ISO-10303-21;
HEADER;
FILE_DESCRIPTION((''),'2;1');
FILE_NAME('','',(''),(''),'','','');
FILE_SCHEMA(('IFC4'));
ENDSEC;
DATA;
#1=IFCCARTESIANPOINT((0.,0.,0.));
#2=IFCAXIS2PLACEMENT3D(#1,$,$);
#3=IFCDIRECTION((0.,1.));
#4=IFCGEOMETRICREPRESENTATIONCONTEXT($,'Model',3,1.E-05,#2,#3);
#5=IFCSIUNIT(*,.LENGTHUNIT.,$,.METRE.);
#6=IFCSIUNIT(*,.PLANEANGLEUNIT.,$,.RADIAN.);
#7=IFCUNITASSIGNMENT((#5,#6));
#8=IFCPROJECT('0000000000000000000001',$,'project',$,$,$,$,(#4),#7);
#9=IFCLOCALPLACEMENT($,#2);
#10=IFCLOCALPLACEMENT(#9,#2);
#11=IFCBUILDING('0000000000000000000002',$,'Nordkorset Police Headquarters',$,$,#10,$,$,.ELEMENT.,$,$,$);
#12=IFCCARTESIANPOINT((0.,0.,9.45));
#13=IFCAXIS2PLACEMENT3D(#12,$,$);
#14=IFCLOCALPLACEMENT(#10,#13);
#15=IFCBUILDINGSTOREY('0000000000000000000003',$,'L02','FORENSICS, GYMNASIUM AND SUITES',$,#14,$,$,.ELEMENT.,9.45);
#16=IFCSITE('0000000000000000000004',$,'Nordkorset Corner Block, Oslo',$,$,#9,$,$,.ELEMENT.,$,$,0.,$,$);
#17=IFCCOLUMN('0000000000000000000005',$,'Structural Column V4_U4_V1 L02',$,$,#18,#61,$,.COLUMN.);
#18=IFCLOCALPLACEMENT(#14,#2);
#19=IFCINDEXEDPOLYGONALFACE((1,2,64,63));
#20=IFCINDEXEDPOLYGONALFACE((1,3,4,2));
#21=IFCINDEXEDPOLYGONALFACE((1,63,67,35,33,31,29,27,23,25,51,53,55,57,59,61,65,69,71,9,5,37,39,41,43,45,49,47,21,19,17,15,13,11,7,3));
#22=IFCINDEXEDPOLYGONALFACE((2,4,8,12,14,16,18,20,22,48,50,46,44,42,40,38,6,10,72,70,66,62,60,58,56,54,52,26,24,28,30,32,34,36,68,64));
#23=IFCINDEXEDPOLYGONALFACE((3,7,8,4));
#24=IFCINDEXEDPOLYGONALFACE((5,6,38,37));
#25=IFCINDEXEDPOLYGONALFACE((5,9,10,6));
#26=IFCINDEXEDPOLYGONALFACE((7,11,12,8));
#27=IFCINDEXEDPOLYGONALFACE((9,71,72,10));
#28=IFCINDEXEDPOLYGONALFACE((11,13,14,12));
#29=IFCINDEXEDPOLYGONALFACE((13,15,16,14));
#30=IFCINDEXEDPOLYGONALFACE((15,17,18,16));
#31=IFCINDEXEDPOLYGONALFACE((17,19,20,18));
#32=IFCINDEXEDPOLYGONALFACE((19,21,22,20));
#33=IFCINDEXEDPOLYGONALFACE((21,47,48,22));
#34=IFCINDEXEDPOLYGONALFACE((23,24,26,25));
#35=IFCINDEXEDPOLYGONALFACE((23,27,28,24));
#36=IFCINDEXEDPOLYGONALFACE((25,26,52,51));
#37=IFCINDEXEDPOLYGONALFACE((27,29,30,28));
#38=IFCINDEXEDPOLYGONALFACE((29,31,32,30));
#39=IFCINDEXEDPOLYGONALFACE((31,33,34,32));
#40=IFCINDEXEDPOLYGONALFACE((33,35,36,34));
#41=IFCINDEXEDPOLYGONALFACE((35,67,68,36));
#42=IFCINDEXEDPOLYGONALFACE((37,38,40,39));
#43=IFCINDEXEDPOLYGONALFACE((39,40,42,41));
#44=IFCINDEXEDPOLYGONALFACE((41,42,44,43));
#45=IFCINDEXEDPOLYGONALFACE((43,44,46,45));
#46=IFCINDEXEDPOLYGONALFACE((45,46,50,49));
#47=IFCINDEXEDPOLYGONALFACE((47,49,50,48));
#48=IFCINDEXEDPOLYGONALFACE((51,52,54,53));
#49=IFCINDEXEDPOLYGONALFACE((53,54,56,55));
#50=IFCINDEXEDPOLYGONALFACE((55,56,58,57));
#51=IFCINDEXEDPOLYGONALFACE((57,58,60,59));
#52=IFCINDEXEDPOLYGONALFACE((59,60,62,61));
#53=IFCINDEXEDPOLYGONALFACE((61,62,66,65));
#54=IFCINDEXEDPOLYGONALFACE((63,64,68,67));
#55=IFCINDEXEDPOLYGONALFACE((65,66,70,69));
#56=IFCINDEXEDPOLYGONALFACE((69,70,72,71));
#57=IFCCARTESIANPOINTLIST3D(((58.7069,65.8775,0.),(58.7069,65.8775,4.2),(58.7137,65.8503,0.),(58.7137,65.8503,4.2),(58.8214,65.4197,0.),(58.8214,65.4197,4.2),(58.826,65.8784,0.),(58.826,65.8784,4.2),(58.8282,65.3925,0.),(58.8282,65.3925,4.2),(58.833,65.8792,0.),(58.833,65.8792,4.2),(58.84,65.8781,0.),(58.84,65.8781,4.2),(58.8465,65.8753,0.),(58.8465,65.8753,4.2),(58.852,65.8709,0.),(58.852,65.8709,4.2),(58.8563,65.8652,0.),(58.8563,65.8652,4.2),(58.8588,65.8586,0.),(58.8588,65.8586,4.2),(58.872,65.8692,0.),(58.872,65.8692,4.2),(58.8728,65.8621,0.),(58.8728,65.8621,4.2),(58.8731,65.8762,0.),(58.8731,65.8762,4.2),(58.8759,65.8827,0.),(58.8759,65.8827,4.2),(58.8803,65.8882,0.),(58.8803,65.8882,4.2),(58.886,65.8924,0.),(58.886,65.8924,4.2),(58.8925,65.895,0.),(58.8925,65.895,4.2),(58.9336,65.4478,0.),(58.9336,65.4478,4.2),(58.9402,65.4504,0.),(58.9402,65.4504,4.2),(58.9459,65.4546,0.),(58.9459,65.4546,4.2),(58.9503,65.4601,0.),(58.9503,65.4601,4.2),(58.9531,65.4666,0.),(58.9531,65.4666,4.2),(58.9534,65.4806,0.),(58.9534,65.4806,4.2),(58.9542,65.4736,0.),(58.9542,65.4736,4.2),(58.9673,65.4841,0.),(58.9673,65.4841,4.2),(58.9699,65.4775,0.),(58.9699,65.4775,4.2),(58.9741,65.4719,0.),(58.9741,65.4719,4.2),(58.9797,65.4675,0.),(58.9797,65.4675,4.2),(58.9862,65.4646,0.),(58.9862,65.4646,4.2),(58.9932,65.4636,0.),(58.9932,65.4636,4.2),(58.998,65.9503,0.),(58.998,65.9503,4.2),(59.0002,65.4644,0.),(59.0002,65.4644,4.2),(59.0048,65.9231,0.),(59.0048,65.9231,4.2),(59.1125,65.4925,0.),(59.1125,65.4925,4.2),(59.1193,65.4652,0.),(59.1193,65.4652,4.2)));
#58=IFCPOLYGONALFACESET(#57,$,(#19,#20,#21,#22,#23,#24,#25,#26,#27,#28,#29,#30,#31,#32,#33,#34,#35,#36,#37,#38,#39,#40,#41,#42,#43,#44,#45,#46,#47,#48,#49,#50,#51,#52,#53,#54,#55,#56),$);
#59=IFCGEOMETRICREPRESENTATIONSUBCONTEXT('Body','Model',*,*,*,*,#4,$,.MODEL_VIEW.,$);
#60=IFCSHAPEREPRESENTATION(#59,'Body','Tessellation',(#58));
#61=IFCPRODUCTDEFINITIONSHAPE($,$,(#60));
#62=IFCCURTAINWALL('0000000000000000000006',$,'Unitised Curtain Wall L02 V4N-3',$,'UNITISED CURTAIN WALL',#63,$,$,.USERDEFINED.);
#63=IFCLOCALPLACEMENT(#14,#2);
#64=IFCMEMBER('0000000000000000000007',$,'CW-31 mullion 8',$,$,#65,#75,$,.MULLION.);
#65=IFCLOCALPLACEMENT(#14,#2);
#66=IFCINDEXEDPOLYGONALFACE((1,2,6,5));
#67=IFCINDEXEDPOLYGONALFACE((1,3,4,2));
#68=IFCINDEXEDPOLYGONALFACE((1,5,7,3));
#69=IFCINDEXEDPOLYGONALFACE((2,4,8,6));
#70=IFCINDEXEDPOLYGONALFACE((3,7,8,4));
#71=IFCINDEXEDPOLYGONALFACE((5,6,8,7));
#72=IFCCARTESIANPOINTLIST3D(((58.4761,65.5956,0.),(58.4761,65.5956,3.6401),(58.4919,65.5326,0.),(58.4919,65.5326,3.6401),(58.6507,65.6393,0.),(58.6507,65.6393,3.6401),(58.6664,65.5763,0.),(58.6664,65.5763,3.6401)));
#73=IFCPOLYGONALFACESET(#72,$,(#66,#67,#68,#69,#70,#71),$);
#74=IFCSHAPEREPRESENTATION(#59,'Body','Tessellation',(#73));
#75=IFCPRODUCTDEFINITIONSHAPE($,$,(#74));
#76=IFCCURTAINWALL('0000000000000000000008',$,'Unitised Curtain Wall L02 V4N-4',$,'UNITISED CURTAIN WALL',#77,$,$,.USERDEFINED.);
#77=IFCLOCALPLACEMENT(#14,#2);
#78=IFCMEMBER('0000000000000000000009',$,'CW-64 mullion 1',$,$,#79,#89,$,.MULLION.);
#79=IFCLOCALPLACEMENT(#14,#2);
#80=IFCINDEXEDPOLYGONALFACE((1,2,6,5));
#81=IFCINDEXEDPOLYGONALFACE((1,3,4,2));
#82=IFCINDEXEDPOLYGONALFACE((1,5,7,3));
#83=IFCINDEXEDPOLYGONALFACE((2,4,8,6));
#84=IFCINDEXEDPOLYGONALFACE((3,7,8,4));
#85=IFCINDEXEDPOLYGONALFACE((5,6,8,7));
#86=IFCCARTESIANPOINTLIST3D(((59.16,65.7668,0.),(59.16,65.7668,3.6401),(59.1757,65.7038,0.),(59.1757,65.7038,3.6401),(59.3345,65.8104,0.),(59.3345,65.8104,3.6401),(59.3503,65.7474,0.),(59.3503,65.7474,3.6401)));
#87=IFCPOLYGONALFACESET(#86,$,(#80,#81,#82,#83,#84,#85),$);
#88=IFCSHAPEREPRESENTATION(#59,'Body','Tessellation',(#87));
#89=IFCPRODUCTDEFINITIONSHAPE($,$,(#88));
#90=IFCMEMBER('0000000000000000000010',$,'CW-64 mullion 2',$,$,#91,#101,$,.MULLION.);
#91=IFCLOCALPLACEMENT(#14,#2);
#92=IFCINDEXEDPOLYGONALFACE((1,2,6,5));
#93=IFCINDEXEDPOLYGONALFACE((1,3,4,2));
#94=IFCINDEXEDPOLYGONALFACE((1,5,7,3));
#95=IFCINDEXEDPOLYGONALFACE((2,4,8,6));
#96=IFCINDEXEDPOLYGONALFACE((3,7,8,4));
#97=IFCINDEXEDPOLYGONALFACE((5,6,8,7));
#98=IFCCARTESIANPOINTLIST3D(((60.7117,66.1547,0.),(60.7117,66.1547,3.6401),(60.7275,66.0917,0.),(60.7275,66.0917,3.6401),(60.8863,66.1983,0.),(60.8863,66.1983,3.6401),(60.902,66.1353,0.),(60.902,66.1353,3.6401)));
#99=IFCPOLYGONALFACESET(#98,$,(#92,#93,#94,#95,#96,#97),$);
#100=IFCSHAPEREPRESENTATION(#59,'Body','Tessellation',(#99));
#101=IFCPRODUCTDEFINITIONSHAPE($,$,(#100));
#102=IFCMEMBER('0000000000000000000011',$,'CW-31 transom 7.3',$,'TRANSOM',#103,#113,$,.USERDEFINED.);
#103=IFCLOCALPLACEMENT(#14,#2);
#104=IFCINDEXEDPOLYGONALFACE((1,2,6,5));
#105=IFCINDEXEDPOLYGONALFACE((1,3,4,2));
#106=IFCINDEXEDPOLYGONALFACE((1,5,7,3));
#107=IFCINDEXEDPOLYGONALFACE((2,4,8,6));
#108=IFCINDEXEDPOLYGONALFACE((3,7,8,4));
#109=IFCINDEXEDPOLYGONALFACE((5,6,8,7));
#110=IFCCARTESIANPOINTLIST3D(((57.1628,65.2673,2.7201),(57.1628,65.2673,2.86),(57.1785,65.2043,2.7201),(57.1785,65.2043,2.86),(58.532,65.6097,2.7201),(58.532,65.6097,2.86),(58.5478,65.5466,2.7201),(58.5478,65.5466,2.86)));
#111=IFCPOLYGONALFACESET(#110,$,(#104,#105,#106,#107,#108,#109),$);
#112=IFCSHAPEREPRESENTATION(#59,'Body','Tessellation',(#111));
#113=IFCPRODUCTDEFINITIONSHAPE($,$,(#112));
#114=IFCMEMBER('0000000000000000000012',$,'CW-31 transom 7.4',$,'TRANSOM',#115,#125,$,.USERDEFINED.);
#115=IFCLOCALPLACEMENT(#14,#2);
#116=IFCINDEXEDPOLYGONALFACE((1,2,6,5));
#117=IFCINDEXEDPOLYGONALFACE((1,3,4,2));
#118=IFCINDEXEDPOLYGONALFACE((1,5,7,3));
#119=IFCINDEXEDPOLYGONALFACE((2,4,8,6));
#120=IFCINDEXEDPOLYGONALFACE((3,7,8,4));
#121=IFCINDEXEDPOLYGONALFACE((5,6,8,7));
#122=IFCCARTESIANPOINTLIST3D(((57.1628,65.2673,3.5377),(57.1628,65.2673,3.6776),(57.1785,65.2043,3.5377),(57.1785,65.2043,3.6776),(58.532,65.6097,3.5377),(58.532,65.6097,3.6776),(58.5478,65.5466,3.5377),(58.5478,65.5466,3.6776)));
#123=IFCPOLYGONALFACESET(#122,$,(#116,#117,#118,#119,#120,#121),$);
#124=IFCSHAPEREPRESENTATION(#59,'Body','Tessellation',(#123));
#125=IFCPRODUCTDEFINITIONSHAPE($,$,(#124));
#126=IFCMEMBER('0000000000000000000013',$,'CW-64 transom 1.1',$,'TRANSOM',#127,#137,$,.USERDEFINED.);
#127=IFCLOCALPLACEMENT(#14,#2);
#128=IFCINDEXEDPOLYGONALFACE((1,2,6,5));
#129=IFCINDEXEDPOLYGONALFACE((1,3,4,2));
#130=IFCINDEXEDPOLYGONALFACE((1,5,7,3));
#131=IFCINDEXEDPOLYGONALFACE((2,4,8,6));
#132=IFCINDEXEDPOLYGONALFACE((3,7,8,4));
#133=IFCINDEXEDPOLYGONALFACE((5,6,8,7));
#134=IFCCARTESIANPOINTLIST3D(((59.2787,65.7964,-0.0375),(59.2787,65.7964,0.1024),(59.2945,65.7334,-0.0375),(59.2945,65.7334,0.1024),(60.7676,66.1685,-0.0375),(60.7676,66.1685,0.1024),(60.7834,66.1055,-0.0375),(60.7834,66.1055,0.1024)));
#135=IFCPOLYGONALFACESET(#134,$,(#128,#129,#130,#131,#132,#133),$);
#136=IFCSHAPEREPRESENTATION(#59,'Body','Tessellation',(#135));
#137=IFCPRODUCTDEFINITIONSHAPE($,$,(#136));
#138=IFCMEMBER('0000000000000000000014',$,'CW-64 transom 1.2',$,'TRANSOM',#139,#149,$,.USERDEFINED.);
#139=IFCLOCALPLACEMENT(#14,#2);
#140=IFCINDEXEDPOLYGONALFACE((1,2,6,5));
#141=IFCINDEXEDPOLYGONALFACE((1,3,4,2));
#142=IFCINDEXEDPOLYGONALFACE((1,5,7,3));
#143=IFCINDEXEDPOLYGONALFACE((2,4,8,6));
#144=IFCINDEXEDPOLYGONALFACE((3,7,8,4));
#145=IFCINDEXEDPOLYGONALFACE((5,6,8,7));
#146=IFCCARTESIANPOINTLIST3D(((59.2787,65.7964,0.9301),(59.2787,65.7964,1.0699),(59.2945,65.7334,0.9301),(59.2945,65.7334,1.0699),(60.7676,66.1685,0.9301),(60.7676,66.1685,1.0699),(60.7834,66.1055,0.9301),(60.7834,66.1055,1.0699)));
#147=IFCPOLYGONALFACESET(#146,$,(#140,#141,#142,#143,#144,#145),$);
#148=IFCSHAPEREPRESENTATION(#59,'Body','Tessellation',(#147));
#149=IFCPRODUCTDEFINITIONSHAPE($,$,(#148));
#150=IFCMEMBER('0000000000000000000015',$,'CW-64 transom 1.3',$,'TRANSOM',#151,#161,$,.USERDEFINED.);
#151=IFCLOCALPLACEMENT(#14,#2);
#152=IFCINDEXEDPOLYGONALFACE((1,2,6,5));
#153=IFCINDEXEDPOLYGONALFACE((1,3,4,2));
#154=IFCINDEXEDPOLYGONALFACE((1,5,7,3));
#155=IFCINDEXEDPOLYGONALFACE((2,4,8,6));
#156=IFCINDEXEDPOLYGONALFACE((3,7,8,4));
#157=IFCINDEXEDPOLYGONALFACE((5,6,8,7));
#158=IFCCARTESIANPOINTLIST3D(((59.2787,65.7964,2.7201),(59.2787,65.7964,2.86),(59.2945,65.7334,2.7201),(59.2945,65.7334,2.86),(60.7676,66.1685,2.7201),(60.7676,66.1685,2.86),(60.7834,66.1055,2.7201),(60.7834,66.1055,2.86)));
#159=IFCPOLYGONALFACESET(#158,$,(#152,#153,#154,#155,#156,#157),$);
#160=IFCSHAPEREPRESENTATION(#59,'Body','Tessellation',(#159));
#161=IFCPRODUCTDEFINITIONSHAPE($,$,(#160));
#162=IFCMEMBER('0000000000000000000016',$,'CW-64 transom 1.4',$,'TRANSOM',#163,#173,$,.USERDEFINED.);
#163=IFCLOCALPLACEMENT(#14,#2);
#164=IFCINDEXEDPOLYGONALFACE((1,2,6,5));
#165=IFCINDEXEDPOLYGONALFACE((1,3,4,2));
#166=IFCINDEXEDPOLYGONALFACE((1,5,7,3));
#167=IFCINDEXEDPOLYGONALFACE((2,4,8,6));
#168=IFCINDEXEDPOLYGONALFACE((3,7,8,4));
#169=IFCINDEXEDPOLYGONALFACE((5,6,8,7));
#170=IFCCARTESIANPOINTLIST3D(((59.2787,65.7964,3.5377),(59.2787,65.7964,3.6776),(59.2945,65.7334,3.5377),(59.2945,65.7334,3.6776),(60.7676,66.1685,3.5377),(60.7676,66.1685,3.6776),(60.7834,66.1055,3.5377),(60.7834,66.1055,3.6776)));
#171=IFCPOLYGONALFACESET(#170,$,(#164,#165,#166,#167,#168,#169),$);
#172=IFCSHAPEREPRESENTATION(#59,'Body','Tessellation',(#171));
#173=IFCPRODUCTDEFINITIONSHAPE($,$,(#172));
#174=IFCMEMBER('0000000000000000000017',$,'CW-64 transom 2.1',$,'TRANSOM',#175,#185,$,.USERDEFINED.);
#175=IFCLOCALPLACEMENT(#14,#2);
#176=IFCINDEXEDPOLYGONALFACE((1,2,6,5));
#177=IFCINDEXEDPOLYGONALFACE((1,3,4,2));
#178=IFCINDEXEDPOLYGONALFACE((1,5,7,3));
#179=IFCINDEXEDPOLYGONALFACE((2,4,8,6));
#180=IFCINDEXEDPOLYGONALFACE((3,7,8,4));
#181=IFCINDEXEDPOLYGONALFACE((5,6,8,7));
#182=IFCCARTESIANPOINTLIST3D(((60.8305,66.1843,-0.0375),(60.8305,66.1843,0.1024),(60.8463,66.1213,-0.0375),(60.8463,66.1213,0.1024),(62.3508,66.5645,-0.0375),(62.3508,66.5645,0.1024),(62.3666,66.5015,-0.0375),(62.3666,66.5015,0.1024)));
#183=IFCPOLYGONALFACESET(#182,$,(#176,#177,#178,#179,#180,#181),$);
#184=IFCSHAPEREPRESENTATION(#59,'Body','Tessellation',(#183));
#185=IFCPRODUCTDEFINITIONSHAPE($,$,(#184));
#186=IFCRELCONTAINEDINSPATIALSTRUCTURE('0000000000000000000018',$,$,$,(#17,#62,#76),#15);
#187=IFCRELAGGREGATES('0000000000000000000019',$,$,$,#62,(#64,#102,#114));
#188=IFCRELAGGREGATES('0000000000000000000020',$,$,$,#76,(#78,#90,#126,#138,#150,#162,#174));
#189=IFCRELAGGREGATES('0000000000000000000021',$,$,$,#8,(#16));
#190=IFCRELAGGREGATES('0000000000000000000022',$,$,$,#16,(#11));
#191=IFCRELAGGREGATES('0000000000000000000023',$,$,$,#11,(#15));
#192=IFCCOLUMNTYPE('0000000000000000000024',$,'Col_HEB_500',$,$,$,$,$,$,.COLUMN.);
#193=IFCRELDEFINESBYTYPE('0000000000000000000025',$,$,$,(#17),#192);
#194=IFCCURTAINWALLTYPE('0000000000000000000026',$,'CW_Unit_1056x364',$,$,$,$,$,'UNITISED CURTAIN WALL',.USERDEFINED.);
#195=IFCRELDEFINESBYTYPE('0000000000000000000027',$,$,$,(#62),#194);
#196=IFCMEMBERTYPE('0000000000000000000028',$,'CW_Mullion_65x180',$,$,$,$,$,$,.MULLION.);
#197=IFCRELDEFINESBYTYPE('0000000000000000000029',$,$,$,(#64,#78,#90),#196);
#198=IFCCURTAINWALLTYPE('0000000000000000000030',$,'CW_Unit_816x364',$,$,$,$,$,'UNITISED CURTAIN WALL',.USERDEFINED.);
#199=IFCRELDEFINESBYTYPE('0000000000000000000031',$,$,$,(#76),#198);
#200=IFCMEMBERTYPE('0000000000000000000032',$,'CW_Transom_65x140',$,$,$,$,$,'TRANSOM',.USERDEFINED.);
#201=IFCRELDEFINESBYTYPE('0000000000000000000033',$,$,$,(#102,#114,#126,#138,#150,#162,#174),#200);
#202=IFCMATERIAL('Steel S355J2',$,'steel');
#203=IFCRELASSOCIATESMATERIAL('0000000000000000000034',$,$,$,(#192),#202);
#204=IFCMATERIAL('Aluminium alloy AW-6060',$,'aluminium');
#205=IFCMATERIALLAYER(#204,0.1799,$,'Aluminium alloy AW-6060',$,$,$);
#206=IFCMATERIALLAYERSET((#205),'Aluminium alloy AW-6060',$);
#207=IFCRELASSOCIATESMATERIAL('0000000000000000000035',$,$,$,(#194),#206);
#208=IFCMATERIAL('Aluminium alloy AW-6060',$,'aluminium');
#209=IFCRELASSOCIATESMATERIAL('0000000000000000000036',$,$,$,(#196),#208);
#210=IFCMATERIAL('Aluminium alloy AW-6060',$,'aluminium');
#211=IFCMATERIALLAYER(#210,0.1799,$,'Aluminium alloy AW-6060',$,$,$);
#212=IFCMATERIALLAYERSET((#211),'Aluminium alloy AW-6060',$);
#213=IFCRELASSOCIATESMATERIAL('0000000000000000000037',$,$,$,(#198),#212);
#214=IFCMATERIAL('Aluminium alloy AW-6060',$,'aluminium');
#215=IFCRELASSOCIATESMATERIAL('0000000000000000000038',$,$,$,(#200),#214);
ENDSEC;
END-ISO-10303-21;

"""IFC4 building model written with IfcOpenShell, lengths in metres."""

from ifc_helpers import new_model, si_unit, direction, frame, origin, origin_2d, place, context, subcontext, project, spatial, rectangle, i_section, extrude, material, layer, layer_set, material_profile, profile_set, type_object, element, aggregate, save


model = new_model("IFC4")

# Units and contexts
model_context = context("Model", 3, precision=1e-05, world=origin(), true_north=direction((0.0, 1.0)))
body_context = subcontext(model_context, "Body", "Model", "MODEL_VIEW")
ifc_project = project(units=[si_unit("LENGTHUNIT", "METRE"), si_unit("PLANEANGLEUNIT", "RADIAN")], contexts=[model_context])

# Site, building, storey
site_placement = place(None, origin())
site = spatial("IfcSite", under=ifc_project, at=site_placement, Name="Nordkorset Corner Block, Oslo", CompositionType="ELEMENT", RefElevation=0.0)
building_placement = place(site_placement, origin())
building = spatial("IfcBuilding", under=site, at=building_placement, Name="Nordkorset Police Headquarters", CompositionType="ELEMENT")
storey_placement = place(building_placement, frame((0.0, 0.0, 9.45)))
storey = spatial("IfcBuildingStorey", under=building, at=storey_placement, Name="L02", Description="FORENSICS, GYMNASIUM AND SUITES", CompositionType="ELEMENT", Elevation=9.45)

# Column
ifc_material_1 = material(Name="Steel S355J2", Category="steel")
ifc_material_profile_1 = material_profile(ifc_material_1, i_section(OverallWidth=0.3, OverallDepth=0.5, WebThickness=0.0144, FlangeThickness=0.0281, FilletRadius=0.0271, at=origin_2d()), Name="HEB 500")
ifc_profile_set_1 = profile_set([ifc_material_profile_1], Name="Steel S355J2")
column_type = type_object("IfcColumnType", Name="Col_HEB_500", PredefinedType="COLUMN", material=ifc_profile_set_1)
column_placement = place(storey_placement, frame((58.9131, 65.6714, 0.0), z_axis=(0.0, 0.0, 1.0), x_axis=(0.970143, 0.242536, 0.0)))
element("IfcColumn", 1, at=column_placement, inside=storey, type_object=column_type, Name="Structural Column V4_U4_V1 L02", PredefinedType="COLUMN", context=body_context, shape_type="SweptSolid", body=[
    extrude(i_section(OverallWidth=0.3, OverallDepth=0.5, WebThickness=0.0144, FlangeThickness=0.0281, FilletRadius=0.0271, at=origin_2d()), origin(), (0.0, 0.0, 1.0), 4.2),
])

# Curtain wall, member
ifc_material_2 = material(Name="Aluminium alloy AW-6060", Category="aluminium")
ifc_layer_1 = layer(ifc_material_2, 0.1799, Name="Aluminium alloy AW-6060")
ifc_layer_set_1 = layer_set([ifc_layer_1], Name="Aluminium alloy AW-6060")
curtain_wall_type_1 = type_object("IfcCurtainWallType", Name="CW_Unit_1056x364", ElementType="UNITISED CURTAIN WALL", PredefinedType="USERDEFINED", material=ifc_layer_set_1)
curtain_wall_1_placement = place(storey_placement, origin())
curtain_wall_1 = element("IfcCurtainWall", 2, at=curtain_wall_1_placement, inside=storey, type_object=curtain_wall_type_1, Name="Unitised Curtain Wall L02 V4N-3", ObjectType="UNITISED CURTAIN WALL", PredefinedType="USERDEFINED")
ifc_material_3 = material(Name="Aluminium alloy AW-6060", Category="aluminium")
ifc_material_profile_2 = material_profile(ifc_material_3, rectangle(XDim=0.0649, YDim=0.1799, at=origin_2d()), Name="ALU MULL 65x180")
ifc_profile_set_2 = profile_set([ifc_material_profile_2], Name="Aluminium alloy AW-6060")
member_type_1 = type_object("IfcMemberType", Name="CW_Mullion_65x180", PredefinedType="MULLION", material=ifc_profile_set_2)
member_1_placement = place(storey_placement, frame((58.5713, 65.5859, 0.0), z_axis=(0.0, 0.0, 1.0), x_axis=(-0.242536, 0.970142, 0.0)))
member_1 = element("IfcMember", 3, at=member_1_placement, type_object=member_type_1, Name="CW-31 mullion 8", PredefinedType="MULLION", context=body_context, shape_type="SweptSolid", body=[
    extrude(rectangle(XDim=0.0649, YDim=0.1799, at=origin_2d()), origin(), (0.0, 0.0, 1.0), 3.6401),
])

# Curtain wall, members
ifc_material_4 = material(Name="Aluminium alloy AW-6060", Category="aluminium")
ifc_layer_2 = layer(ifc_material_4, 0.1799, Name="Aluminium alloy AW-6060")
ifc_layer_set_2 = layer_set([ifc_layer_2], Name="Aluminium alloy AW-6060")
curtain_wall_type_2 = type_object("IfcCurtainWallType", Name="CW_Unit_816x364", ElementType="UNITISED CURTAIN WALL", PredefinedType="USERDEFINED", material=ifc_layer_set_2)
curtain_wall_2_placement = place(storey_placement, origin())
curtain_wall_2 = element("IfcCurtainWall", 4, at=curtain_wall_2_placement, inside=storey, type_object=curtain_wall_type_2, Name="Unitised Curtain Wall L02 V4N-4", ObjectType="UNITISED CURTAIN WALL", PredefinedType="USERDEFINED")
member_2_placement = place(storey_placement, frame((59.2551, 65.7571, 0.0), z_axis=(0.0, 0.0, 1.0), x_axis=(-0.242535, 0.970143, 0.0)))
member_2 = element("IfcMember", 5, at=member_2_placement, type_object=member_type_1, Name="CW-64 mullion 1", PredefinedType="MULLION", context=body_context, shape_type="SweptSolid", body=[
    extrude(rectangle(XDim=0.0649, YDim=0.1799, at=origin_2d()), origin(), (0.0, 0.0, 1.0), 3.6401),
])
member_3_placement = place(storey_placement, frame((60.8069, 66.145, 0.0), z_axis=(0.0, 0.0, 1.0), x_axis=(-0.242535, 0.970143, 0.0)))
member_3 = element("IfcMember", 6, at=member_3_placement, type_object=member_type_1, Name="CW-64 mullion 2", PredefinedType="MULLION", context=body_context, shape_type="SweptSolid", body=[
    extrude(rectangle(XDim=0.0649, YDim=0.1799, at=origin_2d()), origin(), (0.0, 0.0, 1.0), 3.6401),
])

# Members
ifc_material_5 = material(Name="Aluminium alloy AW-6060", Category="aluminium")
ifc_material_profile_3 = material_profile(ifc_material_5, rectangle(XDim=0.0649, YDim=0.1399, at=origin_2d()), Name="ALU TRAN 65x140")
ifc_profile_set_3 = profile_set([ifc_material_profile_3], Name="Aluminium alloy AW-6060")
member_type_2 = type_object("IfcMemberType", Name="CW_Transom_65x140", ElementType="TRANSOM", PredefinedType="USERDEFINED", material=ifc_profile_set_3)
member_4_placement = place(storey_placement, frame((57.1707, 65.2358, 2.79), z_axis=(0.970143, 0.242536, 0.0), x_axis=(-0.242536, 0.970143, 0.0)))
member_4 = element("IfcMember", 7, at=member_4_placement, type_object=member_type_2, Name="CW-31 transom 7.3", ObjectType="TRANSOM", PredefinedType="USERDEFINED", context=body_context, shape_type="SweptSolid", body=[
    extrude(rectangle(XDim=0.0649, YDim=0.1399, at=origin_2d()), origin(), (0.0, 0.0, 1.0), 1.4114),
])
member_5_placement = place(storey_placement, frame((57.1707, 65.2358, 3.6077), z_axis=(0.970143, 0.242536, 0.0), x_axis=(-0.242536, 0.970143, 0.0)))
member_5 = element("IfcMember", 8, at=member_5_placement, type_object=member_type_2, Name="CW-31 transom 7.4", ObjectType="TRANSOM", PredefinedType="USERDEFINED", context=body_context, shape_type="SweptSolid", body=[
    extrude(rectangle(XDim=0.0649, YDim=0.1399, at=origin_2d()), origin(), (0.0, 0.0, 1.0), 1.4114),
])
member_6_placement = place(storey_placement, frame((59.2866, 65.7649, 0.0325), z_axis=(0.970161, 0.242461, 0.0), x_axis=(-0.242461, 0.970161, 0.0)))
member_6 = element("IfcMember", 9, at=member_6_placement, type_object=member_type_2, Name="CW-64 transom 1.1", ObjectType="TRANSOM", PredefinedType="USERDEFINED", context=body_context, shape_type="SweptSolid", body=[
    extrude(rectangle(XDim=0.0649, YDim=0.1399, at=origin_2d()), origin(), (0.0, 0.0, 1.0), 1.5347),
])
member_7_placement = place(storey_placement, frame((59.2866, 65.7649, 1.0), z_axis=(0.970161, 0.242461, 0.0), x_axis=(-0.242461, 0.970161, 0.0)))
member_7 = element("IfcMember", 10, at=member_7_placement, type_object=member_type_2, Name="CW-64 transom 1.2", ObjectType="TRANSOM", PredefinedType="USERDEFINED", context=body_context, shape_type="SweptSolid", body=[
    extrude(rectangle(XDim=0.0649, YDim=0.1399, at=origin_2d()), origin(), (0.0, 0.0, 1.0), 1.5347),
])
member_8_placement = place(storey_placement, frame((59.2866, 65.7649, 2.79), z_axis=(0.970161, 0.242461, 0.0), x_axis=(-0.242461, 0.970161, 0.0)))
member_8 = element("IfcMember", 11, at=member_8_placement, type_object=member_type_2, Name="CW-64 transom 1.3", ObjectType="TRANSOM", PredefinedType="USERDEFINED", context=body_context, shape_type="SweptSolid", body=[
    extrude(rectangle(XDim=0.0649, YDim=0.1399, at=origin_2d()), origin(), (0.0, 0.0, 1.0), 1.5347),
])
member_9_placement = place(storey_placement, frame((59.2866, 65.7649, 3.6077), z_axis=(0.970161, 0.242461, 0.0), x_axis=(-0.242461, 0.970161, 0.0)))
member_9 = element("IfcMember", 12, at=member_9_placement, type_object=member_type_2, Name="CW-64 transom 1.4", ObjectType="TRANSOM", PredefinedType="USERDEFINED", context=body_context, shape_type="SweptSolid", body=[
    extrude(rectangle(XDim=0.0649, YDim=0.1399, at=origin_2d()), origin(), (0.0, 0.0, 1.0), 1.5347),
])
member_10_placement = place(storey_placement, frame((60.8384, 66.1528, 0.0325), z_axis=(0.970133, 0.242572, 0.0), x_axis=(-0.242572, 0.970133, 0.0)))
member_10 = element("IfcMember", 13, at=member_10_placement, type_object=member_type_2, Name="CW-64 transom 2.1", ObjectType="TRANSOM", PredefinedType="USERDEFINED", context=body_context, shape_type="SweptSolid", body=[
    extrude(rectangle(XDim=0.0649, YDim=0.1399, at=origin_2d()), origin(), (0.0, 0.0, 1.0), 1.5671),
])

aggregate(curtain_wall_1, [member_1, member_4, member_5])
aggregate(curtain_wall_2, [member_2, member_3, member_6, member_7, member_8, member_9, member_10])

save(model, "model.ifc")
